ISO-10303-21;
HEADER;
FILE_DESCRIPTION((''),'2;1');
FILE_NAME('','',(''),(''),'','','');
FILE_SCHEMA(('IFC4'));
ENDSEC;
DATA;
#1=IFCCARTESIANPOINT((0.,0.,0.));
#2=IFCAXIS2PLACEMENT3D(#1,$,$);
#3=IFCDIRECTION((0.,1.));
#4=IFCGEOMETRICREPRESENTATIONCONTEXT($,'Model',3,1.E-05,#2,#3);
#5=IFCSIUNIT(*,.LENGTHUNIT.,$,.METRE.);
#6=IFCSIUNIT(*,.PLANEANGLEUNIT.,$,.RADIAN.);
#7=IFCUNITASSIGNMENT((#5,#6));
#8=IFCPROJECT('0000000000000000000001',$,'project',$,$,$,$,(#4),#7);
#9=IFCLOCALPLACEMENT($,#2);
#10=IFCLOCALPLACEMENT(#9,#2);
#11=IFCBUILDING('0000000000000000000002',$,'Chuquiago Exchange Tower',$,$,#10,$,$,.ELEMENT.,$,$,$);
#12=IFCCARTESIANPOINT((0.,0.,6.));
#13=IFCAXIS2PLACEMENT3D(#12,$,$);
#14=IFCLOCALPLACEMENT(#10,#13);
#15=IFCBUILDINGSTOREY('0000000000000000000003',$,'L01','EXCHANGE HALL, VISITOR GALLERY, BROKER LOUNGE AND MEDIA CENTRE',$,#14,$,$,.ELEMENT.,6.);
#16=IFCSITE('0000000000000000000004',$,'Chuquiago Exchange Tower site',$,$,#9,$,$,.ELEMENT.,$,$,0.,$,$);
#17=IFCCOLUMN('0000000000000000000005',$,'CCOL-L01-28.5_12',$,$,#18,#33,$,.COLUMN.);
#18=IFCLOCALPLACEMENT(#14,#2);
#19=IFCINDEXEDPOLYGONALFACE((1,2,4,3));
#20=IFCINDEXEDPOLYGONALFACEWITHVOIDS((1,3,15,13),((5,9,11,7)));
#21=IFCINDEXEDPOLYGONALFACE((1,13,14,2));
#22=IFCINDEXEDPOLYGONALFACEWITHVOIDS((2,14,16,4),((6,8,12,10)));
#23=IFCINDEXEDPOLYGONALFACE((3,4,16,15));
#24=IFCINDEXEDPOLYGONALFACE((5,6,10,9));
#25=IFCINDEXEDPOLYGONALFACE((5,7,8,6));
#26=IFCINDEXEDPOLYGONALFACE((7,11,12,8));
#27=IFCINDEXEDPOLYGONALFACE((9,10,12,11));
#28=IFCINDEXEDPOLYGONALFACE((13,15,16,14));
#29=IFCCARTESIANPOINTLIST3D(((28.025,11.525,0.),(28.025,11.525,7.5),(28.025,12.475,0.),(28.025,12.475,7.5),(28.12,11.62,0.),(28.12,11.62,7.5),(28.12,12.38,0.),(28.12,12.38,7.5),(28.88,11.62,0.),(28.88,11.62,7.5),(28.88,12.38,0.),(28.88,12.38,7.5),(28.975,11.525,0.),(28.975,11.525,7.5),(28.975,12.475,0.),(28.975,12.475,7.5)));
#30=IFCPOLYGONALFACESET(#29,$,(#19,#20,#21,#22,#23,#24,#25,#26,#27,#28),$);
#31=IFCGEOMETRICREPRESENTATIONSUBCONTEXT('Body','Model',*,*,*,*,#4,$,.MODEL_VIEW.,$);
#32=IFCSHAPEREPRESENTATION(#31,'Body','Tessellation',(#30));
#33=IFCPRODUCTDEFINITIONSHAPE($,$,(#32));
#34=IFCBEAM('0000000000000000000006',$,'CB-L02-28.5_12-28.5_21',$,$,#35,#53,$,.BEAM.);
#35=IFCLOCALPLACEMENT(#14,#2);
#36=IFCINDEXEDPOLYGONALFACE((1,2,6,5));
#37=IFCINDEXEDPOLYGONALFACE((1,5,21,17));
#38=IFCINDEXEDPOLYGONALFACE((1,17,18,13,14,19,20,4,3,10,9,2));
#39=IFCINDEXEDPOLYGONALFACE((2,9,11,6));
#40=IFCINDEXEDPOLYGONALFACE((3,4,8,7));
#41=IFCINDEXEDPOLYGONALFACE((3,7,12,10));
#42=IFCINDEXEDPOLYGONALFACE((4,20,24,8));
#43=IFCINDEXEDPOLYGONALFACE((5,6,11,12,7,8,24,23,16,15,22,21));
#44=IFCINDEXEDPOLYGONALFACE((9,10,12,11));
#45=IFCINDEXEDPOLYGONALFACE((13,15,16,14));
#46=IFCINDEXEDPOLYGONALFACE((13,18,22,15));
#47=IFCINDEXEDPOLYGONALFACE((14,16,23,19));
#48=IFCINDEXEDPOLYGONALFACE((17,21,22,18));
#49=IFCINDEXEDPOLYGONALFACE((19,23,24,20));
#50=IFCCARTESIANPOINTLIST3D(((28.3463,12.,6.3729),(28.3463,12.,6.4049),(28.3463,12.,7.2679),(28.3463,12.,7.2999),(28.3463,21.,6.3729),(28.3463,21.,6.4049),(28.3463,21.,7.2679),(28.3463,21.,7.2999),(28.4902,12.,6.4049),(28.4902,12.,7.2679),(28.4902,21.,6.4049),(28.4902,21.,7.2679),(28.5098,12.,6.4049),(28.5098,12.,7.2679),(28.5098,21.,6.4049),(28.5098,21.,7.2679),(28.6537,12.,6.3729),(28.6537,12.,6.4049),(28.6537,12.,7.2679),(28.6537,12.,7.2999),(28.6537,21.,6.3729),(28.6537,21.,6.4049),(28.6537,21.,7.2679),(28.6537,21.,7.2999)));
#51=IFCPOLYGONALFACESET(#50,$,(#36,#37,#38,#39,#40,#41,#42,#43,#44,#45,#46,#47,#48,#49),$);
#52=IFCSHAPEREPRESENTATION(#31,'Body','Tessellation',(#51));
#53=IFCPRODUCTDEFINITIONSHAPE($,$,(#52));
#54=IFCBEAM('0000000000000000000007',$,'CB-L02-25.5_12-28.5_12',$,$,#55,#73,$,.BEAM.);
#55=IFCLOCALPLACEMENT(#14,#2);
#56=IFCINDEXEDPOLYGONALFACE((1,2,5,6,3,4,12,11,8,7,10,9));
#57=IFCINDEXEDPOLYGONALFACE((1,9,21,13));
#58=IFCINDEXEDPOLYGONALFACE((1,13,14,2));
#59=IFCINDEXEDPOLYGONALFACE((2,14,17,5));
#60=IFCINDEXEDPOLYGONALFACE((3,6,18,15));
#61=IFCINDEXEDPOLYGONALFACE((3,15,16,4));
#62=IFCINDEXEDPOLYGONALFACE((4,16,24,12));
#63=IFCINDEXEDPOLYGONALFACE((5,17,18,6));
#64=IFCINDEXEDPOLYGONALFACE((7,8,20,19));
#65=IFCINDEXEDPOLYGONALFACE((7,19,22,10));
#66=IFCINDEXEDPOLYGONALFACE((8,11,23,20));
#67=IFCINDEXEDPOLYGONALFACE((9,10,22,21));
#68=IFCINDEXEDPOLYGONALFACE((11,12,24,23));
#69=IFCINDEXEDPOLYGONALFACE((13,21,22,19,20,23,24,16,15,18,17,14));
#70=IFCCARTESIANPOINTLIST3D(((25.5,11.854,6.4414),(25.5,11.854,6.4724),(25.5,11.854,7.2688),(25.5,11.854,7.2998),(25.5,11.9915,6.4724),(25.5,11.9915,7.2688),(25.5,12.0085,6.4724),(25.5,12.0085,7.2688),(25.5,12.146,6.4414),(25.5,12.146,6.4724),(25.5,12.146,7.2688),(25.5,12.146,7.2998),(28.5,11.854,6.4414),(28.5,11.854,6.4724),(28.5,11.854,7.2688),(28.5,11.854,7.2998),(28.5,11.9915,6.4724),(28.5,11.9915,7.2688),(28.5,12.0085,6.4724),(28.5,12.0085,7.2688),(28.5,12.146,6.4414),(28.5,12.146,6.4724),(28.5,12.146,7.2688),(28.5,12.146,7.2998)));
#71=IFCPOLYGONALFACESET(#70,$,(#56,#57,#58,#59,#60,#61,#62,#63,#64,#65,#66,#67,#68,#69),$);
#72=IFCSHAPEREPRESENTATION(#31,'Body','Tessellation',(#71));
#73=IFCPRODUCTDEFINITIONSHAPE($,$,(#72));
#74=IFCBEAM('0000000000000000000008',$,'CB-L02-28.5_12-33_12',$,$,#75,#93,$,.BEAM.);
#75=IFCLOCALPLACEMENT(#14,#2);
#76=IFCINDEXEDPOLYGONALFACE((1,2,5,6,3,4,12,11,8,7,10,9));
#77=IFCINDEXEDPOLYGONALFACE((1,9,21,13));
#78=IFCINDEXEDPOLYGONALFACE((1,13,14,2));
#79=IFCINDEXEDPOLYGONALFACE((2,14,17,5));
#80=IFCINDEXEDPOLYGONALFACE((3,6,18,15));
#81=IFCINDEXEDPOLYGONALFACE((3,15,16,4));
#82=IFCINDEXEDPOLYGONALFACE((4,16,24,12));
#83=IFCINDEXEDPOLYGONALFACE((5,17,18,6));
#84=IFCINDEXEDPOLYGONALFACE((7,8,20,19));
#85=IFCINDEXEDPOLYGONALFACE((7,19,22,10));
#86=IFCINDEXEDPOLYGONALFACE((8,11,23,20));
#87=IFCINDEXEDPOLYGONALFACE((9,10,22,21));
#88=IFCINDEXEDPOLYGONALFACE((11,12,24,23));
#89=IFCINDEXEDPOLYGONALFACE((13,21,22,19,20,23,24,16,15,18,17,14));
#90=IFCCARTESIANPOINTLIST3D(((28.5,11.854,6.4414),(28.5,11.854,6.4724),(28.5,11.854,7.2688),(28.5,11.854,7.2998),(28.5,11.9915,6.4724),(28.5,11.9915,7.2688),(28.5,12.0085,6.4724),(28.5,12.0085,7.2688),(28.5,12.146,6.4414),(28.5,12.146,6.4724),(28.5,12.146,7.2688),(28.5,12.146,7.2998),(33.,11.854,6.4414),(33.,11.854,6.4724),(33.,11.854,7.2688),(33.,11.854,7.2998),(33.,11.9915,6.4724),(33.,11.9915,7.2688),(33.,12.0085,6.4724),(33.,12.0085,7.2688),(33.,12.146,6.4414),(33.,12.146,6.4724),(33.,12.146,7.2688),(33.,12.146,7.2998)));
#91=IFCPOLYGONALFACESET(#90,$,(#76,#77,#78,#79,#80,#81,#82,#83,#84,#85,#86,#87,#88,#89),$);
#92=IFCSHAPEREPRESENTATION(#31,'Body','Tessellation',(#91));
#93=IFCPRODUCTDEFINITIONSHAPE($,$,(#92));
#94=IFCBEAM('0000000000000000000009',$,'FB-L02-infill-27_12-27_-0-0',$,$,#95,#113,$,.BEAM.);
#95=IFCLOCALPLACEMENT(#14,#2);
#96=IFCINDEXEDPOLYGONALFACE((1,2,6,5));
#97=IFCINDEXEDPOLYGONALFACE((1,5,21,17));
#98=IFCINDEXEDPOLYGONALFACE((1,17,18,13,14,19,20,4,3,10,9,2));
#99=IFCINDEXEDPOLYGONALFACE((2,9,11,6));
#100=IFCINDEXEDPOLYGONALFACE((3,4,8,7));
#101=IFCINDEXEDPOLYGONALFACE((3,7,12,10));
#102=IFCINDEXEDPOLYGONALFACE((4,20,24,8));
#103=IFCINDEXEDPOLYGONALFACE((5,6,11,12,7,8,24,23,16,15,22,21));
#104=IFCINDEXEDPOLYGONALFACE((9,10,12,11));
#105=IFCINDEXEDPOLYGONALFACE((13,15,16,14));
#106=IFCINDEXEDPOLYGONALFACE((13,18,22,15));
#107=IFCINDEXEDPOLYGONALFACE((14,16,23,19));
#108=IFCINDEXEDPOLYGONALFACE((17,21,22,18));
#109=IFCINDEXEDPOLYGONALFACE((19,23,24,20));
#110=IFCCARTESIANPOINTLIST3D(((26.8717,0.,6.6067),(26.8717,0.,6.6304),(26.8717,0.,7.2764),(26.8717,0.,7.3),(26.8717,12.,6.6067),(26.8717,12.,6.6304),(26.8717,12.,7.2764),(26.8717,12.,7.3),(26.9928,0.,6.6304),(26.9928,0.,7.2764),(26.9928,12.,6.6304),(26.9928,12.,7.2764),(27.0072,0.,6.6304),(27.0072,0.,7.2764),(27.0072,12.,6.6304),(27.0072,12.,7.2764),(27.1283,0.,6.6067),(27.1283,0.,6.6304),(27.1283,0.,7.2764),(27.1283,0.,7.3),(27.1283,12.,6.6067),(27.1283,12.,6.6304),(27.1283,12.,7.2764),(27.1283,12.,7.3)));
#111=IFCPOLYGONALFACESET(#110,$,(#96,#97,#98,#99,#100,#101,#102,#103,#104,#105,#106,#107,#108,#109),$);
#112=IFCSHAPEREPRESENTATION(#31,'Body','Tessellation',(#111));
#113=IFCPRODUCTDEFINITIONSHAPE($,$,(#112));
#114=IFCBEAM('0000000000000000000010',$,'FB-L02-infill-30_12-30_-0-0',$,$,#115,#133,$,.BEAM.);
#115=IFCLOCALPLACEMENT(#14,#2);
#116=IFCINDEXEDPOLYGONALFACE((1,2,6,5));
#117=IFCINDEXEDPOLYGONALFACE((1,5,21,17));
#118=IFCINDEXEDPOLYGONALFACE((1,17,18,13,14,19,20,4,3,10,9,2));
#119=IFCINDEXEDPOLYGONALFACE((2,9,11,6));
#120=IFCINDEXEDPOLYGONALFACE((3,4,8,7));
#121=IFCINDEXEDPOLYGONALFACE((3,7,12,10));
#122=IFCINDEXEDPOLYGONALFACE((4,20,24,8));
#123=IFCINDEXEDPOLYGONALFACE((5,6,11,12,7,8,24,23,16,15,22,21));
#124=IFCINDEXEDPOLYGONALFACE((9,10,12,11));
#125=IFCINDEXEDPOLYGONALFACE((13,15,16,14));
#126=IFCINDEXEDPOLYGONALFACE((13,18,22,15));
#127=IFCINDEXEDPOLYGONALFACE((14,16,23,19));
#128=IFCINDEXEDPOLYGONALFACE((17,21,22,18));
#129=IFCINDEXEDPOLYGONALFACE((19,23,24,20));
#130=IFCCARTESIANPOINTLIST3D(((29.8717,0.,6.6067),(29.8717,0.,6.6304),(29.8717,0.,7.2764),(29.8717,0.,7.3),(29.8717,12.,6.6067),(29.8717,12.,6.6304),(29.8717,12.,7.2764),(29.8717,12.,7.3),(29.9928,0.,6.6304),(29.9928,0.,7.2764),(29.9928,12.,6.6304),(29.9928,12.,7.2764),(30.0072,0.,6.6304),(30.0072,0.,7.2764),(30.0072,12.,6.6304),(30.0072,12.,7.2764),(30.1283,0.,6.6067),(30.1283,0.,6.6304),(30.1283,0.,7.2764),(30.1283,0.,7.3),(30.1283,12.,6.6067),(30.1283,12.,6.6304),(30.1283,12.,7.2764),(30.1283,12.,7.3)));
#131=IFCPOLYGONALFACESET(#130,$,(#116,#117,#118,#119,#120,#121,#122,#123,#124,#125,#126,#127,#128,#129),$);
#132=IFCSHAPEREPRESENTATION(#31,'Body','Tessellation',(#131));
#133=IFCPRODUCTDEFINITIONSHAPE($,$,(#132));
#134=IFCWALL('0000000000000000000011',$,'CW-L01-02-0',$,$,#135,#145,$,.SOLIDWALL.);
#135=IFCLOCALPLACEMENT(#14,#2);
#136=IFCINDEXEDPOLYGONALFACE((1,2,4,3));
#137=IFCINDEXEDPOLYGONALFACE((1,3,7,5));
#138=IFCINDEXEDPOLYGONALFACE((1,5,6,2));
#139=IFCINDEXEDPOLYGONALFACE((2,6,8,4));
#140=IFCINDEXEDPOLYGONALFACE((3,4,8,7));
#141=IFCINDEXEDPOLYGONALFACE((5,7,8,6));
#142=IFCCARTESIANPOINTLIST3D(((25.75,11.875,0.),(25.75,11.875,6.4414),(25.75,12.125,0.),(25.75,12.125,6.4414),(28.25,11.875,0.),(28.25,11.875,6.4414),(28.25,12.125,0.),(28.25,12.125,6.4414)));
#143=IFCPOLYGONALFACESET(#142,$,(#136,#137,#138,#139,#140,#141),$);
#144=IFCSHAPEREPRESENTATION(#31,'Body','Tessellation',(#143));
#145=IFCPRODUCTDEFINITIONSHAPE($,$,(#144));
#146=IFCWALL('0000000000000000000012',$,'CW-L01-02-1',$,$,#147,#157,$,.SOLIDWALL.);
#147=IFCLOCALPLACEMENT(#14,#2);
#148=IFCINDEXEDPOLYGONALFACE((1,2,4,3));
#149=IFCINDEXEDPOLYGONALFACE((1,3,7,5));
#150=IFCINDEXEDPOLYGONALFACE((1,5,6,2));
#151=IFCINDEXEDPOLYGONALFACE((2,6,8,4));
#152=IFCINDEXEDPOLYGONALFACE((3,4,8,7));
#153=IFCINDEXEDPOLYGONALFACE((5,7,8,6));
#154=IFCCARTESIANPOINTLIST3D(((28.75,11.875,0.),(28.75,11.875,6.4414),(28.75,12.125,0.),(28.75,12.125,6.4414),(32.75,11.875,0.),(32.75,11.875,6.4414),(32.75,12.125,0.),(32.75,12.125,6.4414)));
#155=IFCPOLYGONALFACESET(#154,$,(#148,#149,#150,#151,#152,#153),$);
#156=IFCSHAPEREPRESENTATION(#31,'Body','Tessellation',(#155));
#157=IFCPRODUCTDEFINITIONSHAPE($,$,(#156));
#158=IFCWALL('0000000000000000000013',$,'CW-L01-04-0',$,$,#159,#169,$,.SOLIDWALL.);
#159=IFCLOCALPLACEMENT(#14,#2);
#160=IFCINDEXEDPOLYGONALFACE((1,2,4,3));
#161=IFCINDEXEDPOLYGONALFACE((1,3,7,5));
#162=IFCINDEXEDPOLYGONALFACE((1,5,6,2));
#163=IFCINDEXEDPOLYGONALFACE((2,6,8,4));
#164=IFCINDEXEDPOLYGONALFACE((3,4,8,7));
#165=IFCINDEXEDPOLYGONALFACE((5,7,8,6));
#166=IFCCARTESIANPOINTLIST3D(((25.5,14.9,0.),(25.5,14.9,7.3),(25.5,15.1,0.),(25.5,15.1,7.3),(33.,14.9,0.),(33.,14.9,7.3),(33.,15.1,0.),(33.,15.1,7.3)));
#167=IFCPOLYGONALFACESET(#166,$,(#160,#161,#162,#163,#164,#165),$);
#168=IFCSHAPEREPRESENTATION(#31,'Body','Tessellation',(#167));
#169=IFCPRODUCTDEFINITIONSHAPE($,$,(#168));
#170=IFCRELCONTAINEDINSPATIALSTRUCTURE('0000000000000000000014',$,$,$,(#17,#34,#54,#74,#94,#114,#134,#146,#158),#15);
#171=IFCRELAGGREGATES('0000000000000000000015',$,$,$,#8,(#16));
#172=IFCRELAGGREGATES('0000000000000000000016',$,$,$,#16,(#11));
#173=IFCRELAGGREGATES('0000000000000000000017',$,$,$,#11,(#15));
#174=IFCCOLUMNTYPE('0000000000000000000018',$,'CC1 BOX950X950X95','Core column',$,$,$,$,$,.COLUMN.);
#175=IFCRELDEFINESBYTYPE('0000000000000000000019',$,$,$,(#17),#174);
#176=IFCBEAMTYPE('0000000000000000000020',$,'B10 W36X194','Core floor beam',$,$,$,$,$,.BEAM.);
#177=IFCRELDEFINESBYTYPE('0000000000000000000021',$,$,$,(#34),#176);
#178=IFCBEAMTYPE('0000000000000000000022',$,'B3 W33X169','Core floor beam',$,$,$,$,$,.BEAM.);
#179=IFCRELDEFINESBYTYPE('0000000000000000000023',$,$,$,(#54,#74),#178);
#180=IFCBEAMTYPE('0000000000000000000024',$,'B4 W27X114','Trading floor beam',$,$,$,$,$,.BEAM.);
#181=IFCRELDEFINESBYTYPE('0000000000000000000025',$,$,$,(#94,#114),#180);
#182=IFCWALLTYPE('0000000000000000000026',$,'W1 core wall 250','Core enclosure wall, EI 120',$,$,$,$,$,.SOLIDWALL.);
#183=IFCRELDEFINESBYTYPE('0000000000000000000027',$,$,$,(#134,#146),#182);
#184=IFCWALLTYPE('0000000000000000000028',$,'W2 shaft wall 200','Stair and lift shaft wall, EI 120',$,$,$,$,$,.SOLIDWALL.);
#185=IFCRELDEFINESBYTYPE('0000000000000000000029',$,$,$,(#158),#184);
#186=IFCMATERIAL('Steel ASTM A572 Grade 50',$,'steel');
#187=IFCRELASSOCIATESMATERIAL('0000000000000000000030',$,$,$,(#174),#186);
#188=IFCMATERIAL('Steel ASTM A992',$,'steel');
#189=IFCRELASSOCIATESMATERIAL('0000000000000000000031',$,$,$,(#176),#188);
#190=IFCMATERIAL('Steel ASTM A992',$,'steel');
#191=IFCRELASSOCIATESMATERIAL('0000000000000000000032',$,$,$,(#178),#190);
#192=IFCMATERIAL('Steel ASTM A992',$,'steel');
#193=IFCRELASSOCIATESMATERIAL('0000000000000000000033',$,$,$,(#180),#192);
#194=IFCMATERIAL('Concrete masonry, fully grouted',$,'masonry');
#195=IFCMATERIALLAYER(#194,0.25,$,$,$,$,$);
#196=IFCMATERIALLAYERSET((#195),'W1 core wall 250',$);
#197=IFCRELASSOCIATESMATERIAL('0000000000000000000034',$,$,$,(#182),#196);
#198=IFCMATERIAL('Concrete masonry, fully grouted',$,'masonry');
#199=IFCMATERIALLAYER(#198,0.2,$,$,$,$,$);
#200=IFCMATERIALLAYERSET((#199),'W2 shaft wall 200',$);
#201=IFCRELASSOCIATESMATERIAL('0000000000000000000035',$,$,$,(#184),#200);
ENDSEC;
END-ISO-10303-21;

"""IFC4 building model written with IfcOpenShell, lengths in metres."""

from ifc_helpers import new_model, si_unit, direction, frame, frame_2d, origin, origin_2d, place, context, subcontext, project, spatial, rectangle, hollow_rectangle, i_section, extrude, material, layer, layer_set, material_profile, profile_set, type_object, element, save


model = new_model("IFC4")

# Units and contexts
model_context = context("Model", 3, precision=1e-05, world=origin(), true_north=direction((0.0, 1.0)))
body_context = subcontext(model_context, "Body", "Model", "MODEL_VIEW")
ifc_project = project(units=[si_unit("LENGTHUNIT", "METRE"), si_unit("PLANEANGLEUNIT", "RADIAN")], contexts=[model_context])

# Site, building, storey
site_placement = place(None, origin())
site = spatial("IfcSite", under=ifc_project, at=site_placement, Name="Chuquiago Exchange Tower site", CompositionType="ELEMENT", RefElevation=0.0)
building_placement = place(site_placement, origin())
building = spatial("IfcBuilding", under=site, at=building_placement, Name="Chuquiago Exchange Tower", CompositionType="ELEMENT")
storey_placement = place(building_placement, frame((0.0, 0.0, 6.0)))
storey = spatial("IfcBuildingStorey", under=building, at=storey_placement, Name="L01", Description="EXCHANGE HALL, VISITOR GALLERY, BROKER LOUNGE AND MEDIA CENTRE", CompositionType="ELEMENT", Elevation=6.0)

# Column
ifc_material_1 = material(Name="Steel ASTM A572 Grade 50", Category="steel")
ifc_material_profile_1 = material_profile(ifc_material_1, hollow_rectangle(XDim=0.95, YDim=0.95, WallThickness=0.095, at=origin_2d()), Name="BOX950X950X95")
ifc_profile_set_1 = profile_set([ifc_material_profile_1], Name="Steel ASTM A572 Grade 50")
column_type = type_object("IfcColumnType", Name="CC1 BOX950X950X95", Description="Core column", PredefinedType="COLUMN", material=ifc_profile_set_1)
column_placement = place(storey_placement, frame((28.5, 12.0, 0.0), z_axis=(0.0, 0.0, 1.0), x_axis=(1.0, 0.0, 0.0)))
element("IfcColumn", 1, at=column_placement, inside=storey, type_object=column_type, Name="CCOL-L01-28.5_12", PredefinedType="COLUMN", context=body_context, shape_type="SweptSolid", body=[
    extrude(hollow_rectangle(XDim=0.95, YDim=0.95, WallThickness=0.095, at=origin_2d()), origin(), (0.0, 0.0, 1.0), 7.5),
])

# Beams
ifc_material_2 = material(Name="Steel ASTM A992", Category="steel")
ifc_material_profile_2 = material_profile(ifc_material_2, i_section(OverallWidth=0.3074, OverallDepth=0.927, WebThickness=0.0195, FlangeThickness=0.032, at=origin_2d()), Name="W36X194")
ifc_profile_set_2 = profile_set([ifc_material_profile_2], Name="Steel ASTM A992")
beam_type_1 = type_object("IfcBeamType", Name="B10 W36X194", Description="Core floor beam", PredefinedType="BEAM", material=ifc_profile_set_2)
beam_1_placement = place(storey_placement, frame((28.5, 12.0, 6.8364), z_axis=(0.0, 1.0, 0.0), x_axis=(-1.0, 0.0, 0.0)))
element("IfcBeam", 2, at=beam_1_placement, inside=storey, type_object=beam_type_1, Name="CB-L02-28.5_12-28.5_21", PredefinedType="BEAM", context=body_context, shape_type="SweptSolid", body=[
    extrude(i_section(OverallWidth=0.3074, OverallDepth=0.927, WebThickness=0.0195, FlangeThickness=0.032, at=origin_2d()), origin(), (0.0, 0.0, 1.0), 9.0),
])
ifc_material_3 = material(Name="Steel ASTM A992", Category="steel")
ifc_material_profile_3 = material_profile(ifc_material_3, i_section(OverallWidth=0.292, OverallDepth=0.8584, WebThickness=0.0171, FlangeThickness=0.031, at=origin_2d()), Name="W33X169")
ifc_profile_set_3 = profile_set([ifc_material_profile_3], Name="Steel ASTM A992")
beam_type_2 = type_object("IfcBeamType", Name="B3 W33X169", Description="Core floor beam", PredefinedType="BEAM", material=ifc_profile_set_3)
beam_2_placement = place(storey_placement, frame((25.5, 12.0, 6.8706), z_axis=(1.0, 0.0, 0.0), x_axis=(0.0, 1.0, 0.0)))
element("IfcBeam", 3, at=beam_2_placement, inside=storey, type_object=beam_type_2, Name="CB-L02-25.5_12-28.5_12", PredefinedType="BEAM", context=body_context, shape_type="SweptSolid", body=[
    extrude(i_section(OverallWidth=0.292, OverallDepth=0.8584, WebThickness=0.0171, FlangeThickness=0.031, at=origin_2d()), origin(), (0.0, 0.0, 1.0), 3.0),
])
beam_3_placement = place(storey_placement, frame((28.5, 12.0, 6.8706), z_axis=(1.0, 0.0, 0.0), x_axis=(0.0, 1.0, 0.0)))
element("IfcBeam", 4, at=beam_3_placement, inside=storey, type_object=beam_type_2, Name="CB-L02-28.5_12-33_12", PredefinedType="BEAM", context=body_context, shape_type="SweptSolid", body=[
    extrude(i_section(OverallWidth=0.292, OverallDepth=0.8584, WebThickness=0.0171, FlangeThickness=0.031, at=origin_2d()), origin(), (0.0, 0.0, 1.0), 4.5),
])
ifc_material_4 = material(Name="Steel ASTM A992", Category="steel")
ifc_material_profile_4 = material_profile(ifc_material_4, i_section(OverallWidth=0.2566, OverallDepth=0.6934, WebThickness=0.0144, FlangeThickness=0.0237, at=origin_2d()), Name="W27X114")
ifc_profile_set_4 = profile_set([ifc_material_profile_4], Name="Steel ASTM A992")
beam_type_3 = type_object("IfcBeamType", Name="B4 W27X114", Description="Trading floor beam", PredefinedType="BEAM", material=ifc_profile_set_4)
for number, where, z_axis, x_axis, name in (
    (5, (27.0, 12.0, 6.9534), (0.0, -1.0, 0.0), (1.0, 0.0, 0.0), "FB-L02-infill-27_12-27_-0-0"),
    (6, (30.0, 12.0, 6.9534), (0.0, -1.0, 0.0), (1.0, 0.0, 0.0), "FB-L02-infill-30_12-30_-0-0"),
):
    element("IfcBeam", number, at=place(storey_placement, frame(where, z_axis=z_axis, x_axis=x_axis)), inside=storey, type_object=beam_type_3, Name=name, PredefinedType="BEAM", context=body_context, shape_type="SweptSolid", body=[
        extrude(i_section(OverallWidth=0.2566, OverallDepth=0.6934, WebThickness=0.0144, FlangeThickness=0.0237, at=origin_2d()), origin(), (0.0, 0.0, 1.0), 12.0),
    ])

# Walls
ifc_material_5 = material(Name="Concrete masonry, fully grouted", Category="masonry")
ifc_layer_1 = layer(ifc_material_5, 0.25)
ifc_layer_set_1 = layer_set([ifc_layer_1], Name="W1 core wall 250")
wall_type_1 = type_object("IfcWallType", Name="W1 core wall 250", Description="Core enclosure wall, EI 120", PredefinedType="SOLIDWALL", material=ifc_layer_set_1)
wall_1_placement = place(storey_placement, frame((25.75, 12.0, 0.0), z_axis=(0.0, 0.0, 1.0), x_axis=(1.0, 0.0, 0.0)))
element("IfcWall", 7, at=wall_1_placement, inside=storey, type_object=wall_type_1, Name="CW-L01-02-0", PredefinedType="SOLIDWALL", context=body_context, shape_type="SweptSolid", body=[
    extrude(rectangle(XDim=2.5, YDim=0.25, at=frame_2d((1.25, 0.0))), origin(), (0.0, 0.0, 1.0), 6.4414),
])
wall_2_placement = place(storey_placement, frame((28.75, 12.0, 0.0), z_axis=(0.0, 0.0, 1.0), x_axis=(1.0, 0.0, 0.0)))
element("IfcWall", 8, at=wall_2_placement, inside=storey, type_object=wall_type_1, Name="CW-L01-02-1", PredefinedType="SOLIDWALL", context=body_context, shape_type="SweptSolid", body=[
    extrude(rectangle(XDim=4.0, YDim=0.25, at=frame_2d((2.0, 0.0))), origin(), (0.0, 0.0, 1.0), 6.4414),
])
ifc_material_6 = material(Name="Concrete masonry, fully grouted", Category="masonry")
ifc_layer_2 = layer(ifc_material_6, 0.2)
ifc_layer_set_2 = layer_set([ifc_layer_2], Name="W2 shaft wall 200")
wall_type_2 = type_object("IfcWallType", Name="W2 shaft wall 200", Description="Stair and lift shaft wall, EI 120", PredefinedType="SOLIDWALL", material=ifc_layer_set_2)
wall_3_placement = place(storey_placement, frame((25.5, 15.0, 0.0), z_axis=(0.0, 0.0, 1.0), x_axis=(1.0, 0.0, 0.0)))
element("IfcWall", 9, at=wall_3_placement, inside=storey, type_object=wall_type_2, Name="CW-L01-04-0", PredefinedType="SOLIDWALL", context=body_context, shape_type="SweptSolid", body=[
    extrude(rectangle(XDim=7.5, YDim=0.2, at=frame_2d((3.75, 0.0))), origin(), (0.0, 0.0, 1.0), 7.3),
])

save(model, "model.ifc")
